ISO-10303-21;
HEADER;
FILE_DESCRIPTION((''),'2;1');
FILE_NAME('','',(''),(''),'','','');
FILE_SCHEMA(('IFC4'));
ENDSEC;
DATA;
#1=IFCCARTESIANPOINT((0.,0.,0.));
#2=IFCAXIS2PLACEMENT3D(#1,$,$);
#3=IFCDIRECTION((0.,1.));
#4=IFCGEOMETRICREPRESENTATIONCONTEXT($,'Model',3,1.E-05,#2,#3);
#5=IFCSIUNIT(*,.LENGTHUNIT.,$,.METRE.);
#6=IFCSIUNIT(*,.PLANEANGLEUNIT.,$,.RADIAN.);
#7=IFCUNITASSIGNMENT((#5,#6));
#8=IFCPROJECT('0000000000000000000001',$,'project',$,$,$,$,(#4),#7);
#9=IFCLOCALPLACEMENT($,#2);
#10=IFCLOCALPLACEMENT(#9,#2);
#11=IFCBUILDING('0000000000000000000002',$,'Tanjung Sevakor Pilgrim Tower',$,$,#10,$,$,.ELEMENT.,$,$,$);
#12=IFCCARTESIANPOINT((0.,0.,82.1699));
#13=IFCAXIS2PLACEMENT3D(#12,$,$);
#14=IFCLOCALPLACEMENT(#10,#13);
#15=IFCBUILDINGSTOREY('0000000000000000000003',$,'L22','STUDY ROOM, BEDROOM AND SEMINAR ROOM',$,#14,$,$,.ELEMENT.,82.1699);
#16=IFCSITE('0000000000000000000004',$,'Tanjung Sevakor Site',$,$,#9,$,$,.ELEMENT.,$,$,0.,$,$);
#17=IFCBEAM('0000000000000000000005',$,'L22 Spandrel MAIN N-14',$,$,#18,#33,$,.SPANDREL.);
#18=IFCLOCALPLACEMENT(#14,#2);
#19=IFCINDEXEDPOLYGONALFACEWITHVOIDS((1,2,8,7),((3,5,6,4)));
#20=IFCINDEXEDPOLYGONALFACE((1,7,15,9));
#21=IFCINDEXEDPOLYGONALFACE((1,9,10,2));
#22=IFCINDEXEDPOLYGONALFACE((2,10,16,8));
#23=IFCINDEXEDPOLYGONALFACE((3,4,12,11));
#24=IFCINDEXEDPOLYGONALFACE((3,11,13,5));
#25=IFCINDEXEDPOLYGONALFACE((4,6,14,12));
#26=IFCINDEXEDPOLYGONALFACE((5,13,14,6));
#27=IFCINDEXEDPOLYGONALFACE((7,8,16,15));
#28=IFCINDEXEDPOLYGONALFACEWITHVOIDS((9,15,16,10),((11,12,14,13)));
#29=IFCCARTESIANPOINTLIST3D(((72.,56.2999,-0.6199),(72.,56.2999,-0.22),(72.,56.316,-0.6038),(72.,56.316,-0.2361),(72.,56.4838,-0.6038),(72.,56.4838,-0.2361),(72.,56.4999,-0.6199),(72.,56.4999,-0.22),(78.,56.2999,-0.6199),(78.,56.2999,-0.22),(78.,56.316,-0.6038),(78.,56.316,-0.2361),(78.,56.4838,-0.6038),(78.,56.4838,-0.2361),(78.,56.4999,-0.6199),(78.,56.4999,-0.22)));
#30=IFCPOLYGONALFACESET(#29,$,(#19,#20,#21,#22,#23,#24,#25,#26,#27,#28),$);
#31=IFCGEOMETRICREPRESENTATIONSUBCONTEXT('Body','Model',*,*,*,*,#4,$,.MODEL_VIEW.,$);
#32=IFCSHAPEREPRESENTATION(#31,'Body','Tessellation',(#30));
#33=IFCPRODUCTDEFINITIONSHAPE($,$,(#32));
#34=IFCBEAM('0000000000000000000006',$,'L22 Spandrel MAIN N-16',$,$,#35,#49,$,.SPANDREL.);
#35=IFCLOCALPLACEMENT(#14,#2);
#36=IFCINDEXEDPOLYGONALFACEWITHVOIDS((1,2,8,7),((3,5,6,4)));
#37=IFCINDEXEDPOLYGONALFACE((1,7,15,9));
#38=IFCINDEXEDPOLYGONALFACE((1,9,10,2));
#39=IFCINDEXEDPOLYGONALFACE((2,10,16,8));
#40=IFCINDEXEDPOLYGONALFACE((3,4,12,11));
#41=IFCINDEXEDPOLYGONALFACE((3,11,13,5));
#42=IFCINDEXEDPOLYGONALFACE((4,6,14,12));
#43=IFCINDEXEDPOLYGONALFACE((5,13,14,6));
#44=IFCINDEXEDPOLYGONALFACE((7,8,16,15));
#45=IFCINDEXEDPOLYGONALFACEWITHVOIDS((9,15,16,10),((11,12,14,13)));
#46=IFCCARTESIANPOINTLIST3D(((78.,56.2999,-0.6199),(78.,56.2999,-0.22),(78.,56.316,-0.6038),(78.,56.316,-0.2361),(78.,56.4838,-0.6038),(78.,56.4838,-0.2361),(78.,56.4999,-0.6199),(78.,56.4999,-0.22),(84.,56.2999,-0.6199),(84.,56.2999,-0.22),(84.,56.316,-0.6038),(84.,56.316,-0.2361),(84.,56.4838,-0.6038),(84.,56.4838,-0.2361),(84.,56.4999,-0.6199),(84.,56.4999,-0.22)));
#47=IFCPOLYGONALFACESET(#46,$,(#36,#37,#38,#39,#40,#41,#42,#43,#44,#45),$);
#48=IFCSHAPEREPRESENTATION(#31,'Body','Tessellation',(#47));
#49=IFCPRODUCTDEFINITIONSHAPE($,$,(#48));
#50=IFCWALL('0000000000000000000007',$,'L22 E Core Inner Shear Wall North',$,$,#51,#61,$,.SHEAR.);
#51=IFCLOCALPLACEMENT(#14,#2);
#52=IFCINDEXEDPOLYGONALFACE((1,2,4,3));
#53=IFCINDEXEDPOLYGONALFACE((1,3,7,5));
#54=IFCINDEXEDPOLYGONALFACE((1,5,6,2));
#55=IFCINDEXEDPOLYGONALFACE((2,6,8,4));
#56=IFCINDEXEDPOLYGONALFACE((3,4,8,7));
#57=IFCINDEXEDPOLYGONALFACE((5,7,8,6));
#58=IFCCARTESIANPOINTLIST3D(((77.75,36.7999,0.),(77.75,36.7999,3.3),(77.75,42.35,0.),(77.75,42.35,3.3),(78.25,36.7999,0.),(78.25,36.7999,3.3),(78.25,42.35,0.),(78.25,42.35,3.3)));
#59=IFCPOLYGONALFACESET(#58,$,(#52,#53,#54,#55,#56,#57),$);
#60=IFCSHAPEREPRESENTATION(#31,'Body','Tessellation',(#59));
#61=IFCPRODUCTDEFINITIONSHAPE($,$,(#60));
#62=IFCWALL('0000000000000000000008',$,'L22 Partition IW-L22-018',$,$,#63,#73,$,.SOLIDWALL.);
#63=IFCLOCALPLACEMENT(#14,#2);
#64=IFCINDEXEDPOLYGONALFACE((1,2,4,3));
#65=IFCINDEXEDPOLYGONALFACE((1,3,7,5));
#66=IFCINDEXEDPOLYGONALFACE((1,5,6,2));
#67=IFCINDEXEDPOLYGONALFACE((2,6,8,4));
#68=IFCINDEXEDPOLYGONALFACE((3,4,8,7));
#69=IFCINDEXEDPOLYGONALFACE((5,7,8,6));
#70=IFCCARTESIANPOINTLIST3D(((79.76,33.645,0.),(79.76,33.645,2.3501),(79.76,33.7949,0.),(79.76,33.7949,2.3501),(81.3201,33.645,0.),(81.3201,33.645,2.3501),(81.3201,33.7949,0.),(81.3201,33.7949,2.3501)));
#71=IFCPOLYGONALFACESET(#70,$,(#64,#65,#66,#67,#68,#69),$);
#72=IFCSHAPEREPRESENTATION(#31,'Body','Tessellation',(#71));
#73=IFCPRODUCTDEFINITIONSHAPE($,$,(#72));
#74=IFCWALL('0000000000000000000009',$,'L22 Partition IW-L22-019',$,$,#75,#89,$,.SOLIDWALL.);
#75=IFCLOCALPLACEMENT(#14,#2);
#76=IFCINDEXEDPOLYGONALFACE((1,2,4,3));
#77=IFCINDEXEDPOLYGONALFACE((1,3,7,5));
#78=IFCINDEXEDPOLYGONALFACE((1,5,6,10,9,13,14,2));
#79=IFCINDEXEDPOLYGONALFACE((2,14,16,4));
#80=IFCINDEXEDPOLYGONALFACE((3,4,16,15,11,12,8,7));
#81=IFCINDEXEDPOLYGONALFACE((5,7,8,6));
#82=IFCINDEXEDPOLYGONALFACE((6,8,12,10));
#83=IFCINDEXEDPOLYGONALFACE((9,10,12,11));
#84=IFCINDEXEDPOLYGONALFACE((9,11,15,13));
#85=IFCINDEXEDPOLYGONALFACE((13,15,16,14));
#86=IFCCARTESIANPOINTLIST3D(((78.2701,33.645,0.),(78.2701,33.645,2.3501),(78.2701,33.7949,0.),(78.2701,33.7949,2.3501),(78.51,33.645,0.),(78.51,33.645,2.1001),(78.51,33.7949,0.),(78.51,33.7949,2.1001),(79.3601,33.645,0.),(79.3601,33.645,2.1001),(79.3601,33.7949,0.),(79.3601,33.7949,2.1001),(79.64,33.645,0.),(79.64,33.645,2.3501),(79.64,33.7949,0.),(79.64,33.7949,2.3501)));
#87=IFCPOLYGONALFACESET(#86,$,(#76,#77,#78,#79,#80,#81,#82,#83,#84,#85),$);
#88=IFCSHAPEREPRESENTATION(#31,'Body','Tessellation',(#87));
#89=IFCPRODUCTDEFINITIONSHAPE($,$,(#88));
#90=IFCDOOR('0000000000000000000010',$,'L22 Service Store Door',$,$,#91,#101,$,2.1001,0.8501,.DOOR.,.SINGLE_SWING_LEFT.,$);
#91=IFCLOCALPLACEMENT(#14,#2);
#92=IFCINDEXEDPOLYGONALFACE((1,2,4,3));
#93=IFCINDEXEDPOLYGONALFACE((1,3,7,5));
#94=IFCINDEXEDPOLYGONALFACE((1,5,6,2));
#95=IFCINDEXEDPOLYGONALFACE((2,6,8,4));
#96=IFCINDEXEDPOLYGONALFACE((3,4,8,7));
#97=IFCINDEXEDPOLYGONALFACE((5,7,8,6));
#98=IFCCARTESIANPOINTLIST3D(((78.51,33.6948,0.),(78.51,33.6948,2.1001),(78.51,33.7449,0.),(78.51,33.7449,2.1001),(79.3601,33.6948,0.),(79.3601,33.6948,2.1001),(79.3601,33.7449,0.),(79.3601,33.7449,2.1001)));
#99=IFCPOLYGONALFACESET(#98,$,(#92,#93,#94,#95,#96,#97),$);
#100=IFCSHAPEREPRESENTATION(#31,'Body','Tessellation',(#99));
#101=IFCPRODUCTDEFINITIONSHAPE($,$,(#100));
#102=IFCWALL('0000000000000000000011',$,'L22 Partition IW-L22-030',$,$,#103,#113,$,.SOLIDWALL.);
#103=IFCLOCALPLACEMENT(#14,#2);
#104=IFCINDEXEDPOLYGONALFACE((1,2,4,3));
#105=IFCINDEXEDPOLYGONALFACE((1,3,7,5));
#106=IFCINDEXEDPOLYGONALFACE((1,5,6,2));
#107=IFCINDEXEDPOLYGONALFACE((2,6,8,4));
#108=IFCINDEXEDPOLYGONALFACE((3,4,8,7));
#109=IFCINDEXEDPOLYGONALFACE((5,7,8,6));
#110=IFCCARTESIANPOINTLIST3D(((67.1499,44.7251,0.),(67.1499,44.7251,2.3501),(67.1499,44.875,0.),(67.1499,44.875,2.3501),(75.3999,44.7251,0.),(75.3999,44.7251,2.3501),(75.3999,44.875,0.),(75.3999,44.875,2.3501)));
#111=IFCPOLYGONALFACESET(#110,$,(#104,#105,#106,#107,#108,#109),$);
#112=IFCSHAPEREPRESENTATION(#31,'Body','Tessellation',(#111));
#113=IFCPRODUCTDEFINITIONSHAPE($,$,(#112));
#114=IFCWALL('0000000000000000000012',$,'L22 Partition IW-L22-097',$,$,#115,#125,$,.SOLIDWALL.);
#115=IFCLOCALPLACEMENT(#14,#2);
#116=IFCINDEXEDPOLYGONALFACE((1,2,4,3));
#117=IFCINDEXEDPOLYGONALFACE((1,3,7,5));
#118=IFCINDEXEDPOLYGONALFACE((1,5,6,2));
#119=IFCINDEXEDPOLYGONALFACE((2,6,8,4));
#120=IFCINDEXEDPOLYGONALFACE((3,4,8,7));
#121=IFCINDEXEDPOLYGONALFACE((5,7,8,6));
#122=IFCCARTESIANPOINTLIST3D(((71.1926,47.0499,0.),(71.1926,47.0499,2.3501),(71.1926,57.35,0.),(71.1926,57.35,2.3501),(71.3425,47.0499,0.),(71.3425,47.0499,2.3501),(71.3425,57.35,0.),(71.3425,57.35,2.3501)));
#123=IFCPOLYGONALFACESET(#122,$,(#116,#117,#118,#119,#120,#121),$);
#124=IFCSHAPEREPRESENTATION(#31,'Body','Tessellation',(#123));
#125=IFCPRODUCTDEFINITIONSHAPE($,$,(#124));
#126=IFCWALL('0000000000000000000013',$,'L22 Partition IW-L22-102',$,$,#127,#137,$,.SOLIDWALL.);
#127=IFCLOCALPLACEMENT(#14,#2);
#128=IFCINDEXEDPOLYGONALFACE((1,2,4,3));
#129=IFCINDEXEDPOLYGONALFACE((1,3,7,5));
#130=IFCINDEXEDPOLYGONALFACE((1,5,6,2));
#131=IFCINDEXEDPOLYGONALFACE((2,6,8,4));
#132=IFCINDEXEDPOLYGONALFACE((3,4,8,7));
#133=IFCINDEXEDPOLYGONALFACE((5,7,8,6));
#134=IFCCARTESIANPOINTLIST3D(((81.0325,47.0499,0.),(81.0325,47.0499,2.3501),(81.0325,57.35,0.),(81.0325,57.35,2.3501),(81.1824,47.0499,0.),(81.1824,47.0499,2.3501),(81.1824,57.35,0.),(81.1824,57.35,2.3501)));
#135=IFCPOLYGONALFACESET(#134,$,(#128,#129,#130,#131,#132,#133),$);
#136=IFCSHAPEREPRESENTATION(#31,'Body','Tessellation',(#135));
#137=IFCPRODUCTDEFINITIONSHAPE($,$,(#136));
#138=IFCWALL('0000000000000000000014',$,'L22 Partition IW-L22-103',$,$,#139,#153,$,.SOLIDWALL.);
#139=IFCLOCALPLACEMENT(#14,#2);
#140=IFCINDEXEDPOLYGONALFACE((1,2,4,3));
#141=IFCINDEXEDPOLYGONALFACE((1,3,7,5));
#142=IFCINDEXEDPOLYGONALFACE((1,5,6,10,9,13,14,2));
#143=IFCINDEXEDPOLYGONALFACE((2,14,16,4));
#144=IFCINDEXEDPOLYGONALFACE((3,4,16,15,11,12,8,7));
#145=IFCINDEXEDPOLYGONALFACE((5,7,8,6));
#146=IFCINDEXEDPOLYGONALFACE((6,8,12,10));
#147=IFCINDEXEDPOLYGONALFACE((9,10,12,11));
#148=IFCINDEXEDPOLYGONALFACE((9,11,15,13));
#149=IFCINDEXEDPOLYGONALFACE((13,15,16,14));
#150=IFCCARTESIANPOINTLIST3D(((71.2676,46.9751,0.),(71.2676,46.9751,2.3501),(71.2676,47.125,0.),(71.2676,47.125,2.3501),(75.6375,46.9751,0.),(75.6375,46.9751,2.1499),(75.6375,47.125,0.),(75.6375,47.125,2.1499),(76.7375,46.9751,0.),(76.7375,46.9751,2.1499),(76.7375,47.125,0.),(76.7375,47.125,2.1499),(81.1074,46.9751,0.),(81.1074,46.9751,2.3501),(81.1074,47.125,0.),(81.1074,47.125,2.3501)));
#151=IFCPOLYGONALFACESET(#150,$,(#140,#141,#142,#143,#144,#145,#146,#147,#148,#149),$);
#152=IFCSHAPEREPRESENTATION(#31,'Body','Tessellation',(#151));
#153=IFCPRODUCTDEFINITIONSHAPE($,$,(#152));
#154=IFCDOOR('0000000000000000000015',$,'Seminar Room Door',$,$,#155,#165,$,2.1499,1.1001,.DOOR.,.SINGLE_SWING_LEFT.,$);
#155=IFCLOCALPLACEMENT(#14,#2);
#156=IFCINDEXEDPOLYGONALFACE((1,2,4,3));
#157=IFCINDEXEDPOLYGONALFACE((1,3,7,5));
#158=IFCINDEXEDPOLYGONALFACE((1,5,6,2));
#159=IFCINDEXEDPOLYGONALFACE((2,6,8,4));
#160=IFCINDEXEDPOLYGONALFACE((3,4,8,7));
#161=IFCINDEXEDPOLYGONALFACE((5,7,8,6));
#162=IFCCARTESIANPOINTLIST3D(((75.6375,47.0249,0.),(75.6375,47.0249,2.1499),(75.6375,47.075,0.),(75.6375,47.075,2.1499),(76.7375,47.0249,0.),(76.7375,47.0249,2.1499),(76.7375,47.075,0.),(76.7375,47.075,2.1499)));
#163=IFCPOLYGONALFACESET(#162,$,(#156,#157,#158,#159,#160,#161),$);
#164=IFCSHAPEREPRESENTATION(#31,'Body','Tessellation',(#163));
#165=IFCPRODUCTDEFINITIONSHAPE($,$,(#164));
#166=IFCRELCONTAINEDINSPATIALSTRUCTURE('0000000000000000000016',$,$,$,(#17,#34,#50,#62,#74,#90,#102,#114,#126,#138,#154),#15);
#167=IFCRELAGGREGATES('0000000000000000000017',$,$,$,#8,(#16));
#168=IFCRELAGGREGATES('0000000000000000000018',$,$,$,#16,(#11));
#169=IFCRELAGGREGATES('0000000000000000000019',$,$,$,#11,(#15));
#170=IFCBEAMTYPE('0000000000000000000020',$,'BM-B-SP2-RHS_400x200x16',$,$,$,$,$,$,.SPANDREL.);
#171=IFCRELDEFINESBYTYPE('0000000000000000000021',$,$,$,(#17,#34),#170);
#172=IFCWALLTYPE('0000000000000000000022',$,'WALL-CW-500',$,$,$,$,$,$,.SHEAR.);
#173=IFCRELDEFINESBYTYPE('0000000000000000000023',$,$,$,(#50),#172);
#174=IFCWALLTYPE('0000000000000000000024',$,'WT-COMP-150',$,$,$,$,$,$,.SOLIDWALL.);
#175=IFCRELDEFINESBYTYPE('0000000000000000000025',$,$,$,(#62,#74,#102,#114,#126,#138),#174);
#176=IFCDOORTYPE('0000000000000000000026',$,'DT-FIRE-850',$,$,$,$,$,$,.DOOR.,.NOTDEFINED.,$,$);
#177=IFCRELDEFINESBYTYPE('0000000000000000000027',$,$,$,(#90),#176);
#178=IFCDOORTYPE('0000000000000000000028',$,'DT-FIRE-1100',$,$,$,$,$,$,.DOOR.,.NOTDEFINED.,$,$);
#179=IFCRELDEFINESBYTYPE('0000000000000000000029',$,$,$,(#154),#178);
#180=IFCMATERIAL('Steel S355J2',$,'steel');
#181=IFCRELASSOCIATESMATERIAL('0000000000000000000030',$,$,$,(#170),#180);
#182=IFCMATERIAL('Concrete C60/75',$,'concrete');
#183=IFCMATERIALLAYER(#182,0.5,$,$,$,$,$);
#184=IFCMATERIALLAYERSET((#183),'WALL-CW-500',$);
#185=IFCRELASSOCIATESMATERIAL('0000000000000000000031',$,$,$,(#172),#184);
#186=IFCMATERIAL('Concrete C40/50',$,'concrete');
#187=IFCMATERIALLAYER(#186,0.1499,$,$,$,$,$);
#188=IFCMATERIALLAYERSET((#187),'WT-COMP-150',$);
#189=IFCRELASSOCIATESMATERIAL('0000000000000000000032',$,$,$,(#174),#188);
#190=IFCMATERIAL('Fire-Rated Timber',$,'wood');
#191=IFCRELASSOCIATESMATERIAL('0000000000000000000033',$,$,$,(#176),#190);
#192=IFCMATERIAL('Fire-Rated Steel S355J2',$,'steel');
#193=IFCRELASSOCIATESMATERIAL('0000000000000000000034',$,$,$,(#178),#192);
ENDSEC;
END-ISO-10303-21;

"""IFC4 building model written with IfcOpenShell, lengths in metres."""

from ifc_helpers import new_model, si_unit, direction, frame, frame_2d, origin, origin_2d, place, context, subcontext, project, spatial, rectangle, hollow_rectangle, extrude, material, layer, layer_set, material_profile, profile_set, type_object, element, fill, save


model = new_model("IFC4")

# Units and contexts
model_context = context("Model", 3, precision=1e-05, world=origin(), true_north=direction((0.0, 1.0)))
body_context = subcontext(model_context, "Body", "Model", "MODEL_VIEW")
ifc_project = project(units=[si_unit("LENGTHUNIT", "METRE"), si_unit("PLANEANGLEUNIT", "RADIAN")], contexts=[model_context])

# Site, building, storey
site_placement = place(None, origin())
site = spatial("IfcSite", under=ifc_project, at=site_placement, Name="Tanjung Sevakor Site", CompositionType="ELEMENT", RefElevation=0.0)
building_placement = place(site_placement, origin())
building = spatial("IfcBuilding", under=site, at=building_placement, Name="Tanjung Sevakor Pilgrim Tower", CompositionType="ELEMENT")
storey_placement = place(building_placement, frame((0.0, 0.0, 82.1699)))
storey = spatial("IfcBuildingStorey", under=building, at=storey_placement, Name="L22", Description="STUDY ROOM, BEDROOM AND SEMINAR ROOM", CompositionType="ELEMENT", Elevation=82.1699)

# Beams
ifc_material_1 = material(Name="Steel S355J2", Category="steel")
ifc_material_profile_1 = material_profile(ifc_material_1, hollow_rectangle(XDim=0.2, YDim=0.3999, WallThickness=0.0161, at=origin_2d()))
ifc_profile_set_1 = profile_set([ifc_material_profile_1], Name="Steel S355J2")
beam_type_1 = type_object("IfcBeamType", Name="BM-B-SP2-RHS_400x200x16", PredefinedType="SPANDREL", material=ifc_profile_set_1)
for number, where, z_axis, x_axis, name in (
    (1, (72.0, 56.3999, -0.4199), (1.0, 0.0, 0.0), (0.0, 1.0, 0.0), "L22 Spandrel MAIN N-14"),
    (2, (78.0, 56.3999, -0.4199), (1.0, 0.0, 0.0), (0.0, 1.0, 0.0), "L22 Spandrel MAIN N-16"),
):
    element("IfcBeam", number, at=place(storey_placement, frame(where, z_axis=z_axis, x_axis=x_axis)), inside=storey, type_object=beam_type_1, Name=name, PredefinedType="SPANDREL", context=body_context, shape_type="SweptSolid", body=[
        extrude(hollow_rectangle(XDim=0.2, YDim=0.3999, WallThickness=0.0161, at=origin_2d()), origin(), (0.0, 0.0, 1.0), 6.0),
    ])

# Walls
ifc_material_2 = material(Name="Concrete C60/75", Category="concrete")
ifc_layer_1 = layer(ifc_material_2, 0.5)
ifc_layer_set_1 = layer_set([ifc_layer_1], Name="WALL-CW-500")
wall_type_1 = type_object("IfcWallType", Name="WALL-CW-500", PredefinedType="SHEAR", material=ifc_layer_set_1)
wall_1_placement = place(storey_placement, frame((78.0, 36.8, 0.0), z_axis=(0.0, 0.0, 1.0), x_axis=(0.0, 1.0, 0.0)))
element("IfcWall", 3, at=wall_1_placement, inside=storey, type_object=wall_type_1, Name="L22 E Core Inner Shear Wall North", PredefinedType="SHEAR", context=body_context, shape_type="SweptSolid", body=[
    extrude(rectangle(XDim=5.55, YDim=0.5, at=frame_2d((2.7749, 0.0))), origin(), (0.0, 0.0, 1.0), 3.3),
])
ifc_material_3 = material(Name="Concrete C40/50", Category="concrete")
ifc_layer_2 = layer(ifc_material_3, 0.1499)
ifc_layer_set_2 = layer_set([ifc_layer_2], Name="WT-COMP-150")
wall_type_2 = type_object("IfcWallType", Name="WT-COMP-150", PredefinedType="SOLIDWALL", material=ifc_layer_set_2)
wall_2_placement = place(storey_placement, frame((79.76, 33.72, 0.0), z_axis=(0.0, 0.0, 1.0), x_axis=(1.0, 0.0, 0.0)))
element("IfcWall", 4, at=wall_2_placement, inside=storey, type_object=wall_type_2, Name="L22 Partition IW-L22-018", PredefinedType="SOLIDWALL", context=body_context, shape_type="SweptSolid", body=[
    extrude(rectangle(XDim=1.5601, YDim=0.1499, at=frame_2d((0.78, 0.0))), origin(), (0.0, 0.0, 1.0), 2.3501),
])

# Wall, opening, door
wall_3_placement = place(storey_placement, frame((78.27, 33.72, 0.0), z_axis=(0.0, 0.0, 1.0), x_axis=(1.0, 0.0, 0.0)))
wall_3 = element("IfcWall", 5, at=wall_3_placement, inside=storey, type_object=wall_type_2, Name="L22 Partition IW-L22-019", PredefinedType="SOLIDWALL", context=body_context, shape_type="SweptSolid", body=[
    extrude(rectangle(XDim=1.3699, YDim=0.1499, at=frame_2d((0.6851, 0.0))), origin(), (0.0, 0.0, 1.0), 2.3501),
])
opening_1_placement = place(wall_3_placement, frame((0.24, 0.0, 0.0)))
opening_1 = element("IfcOpeningElement", 6, at=opening_1_placement, cuts=wall_3, PredefinedType="OPENING", context=body_context, shape_type="SweptSolid", body=[
    extrude(rectangle(XDim=0.8501, YDim=2.1001, at=frame_2d((0.425, 1.05))), frame((0.0, 0.085, 0.0), z_axis=(0.0, -1.0, 0.0), x_axis=(1.0, 0.0, 0.0)), (0.0, 0.0, 1.0), 0.1699),
])
ifc_material_4 = material(Name="Fire-Rated Timber", Category="wood")
door_type_1 = type_object("IfcDoorType", Name="DT-FIRE-850", OperationType="NOTDEFINED", PredefinedType="DOOR", material=ifc_material_4)
door_1_placement = place(opening_1_placement, origin())
door_1 = element("IfcDoor", 7, at=door_1_placement, inside=storey, type_object=door_type_1, Name="L22 Service Store Door", OperationType="SINGLE_SWING_LEFT", OverallHeight=2.1001, OverallWidth=0.8501, PredefinedType="DOOR", context=body_context, shape_type="SweptSolid", body=[
    extrude(rectangle(XDim=0.8501, YDim=2.1001, at=frame_2d((0.425, 1.05))), frame((0.0, 0.0249, 0.0), z_axis=(0.0, -1.0, 0.0), x_axis=(1.0, 0.0, 0.0)), (0.0, 0.0, 1.0), 0.05),
])
fill(opening_1, door_1)

# Walls
wall_4_placement = place(storey_placement, frame((67.1499, 44.8, 0.0), z_axis=(0.0, 0.0, 1.0), x_axis=(1.0, 0.0, 0.0)))
element("IfcWall", 8, at=wall_4_placement, inside=storey, type_object=wall_type_2, Name="L22 Partition IW-L22-030", PredefinedType="SOLIDWALL", context=body_context, shape_type="SweptSolid", body=[
    extrude(rectangle(XDim=8.25, YDim=0.1499, at=frame_2d((4.125, 0.0))), origin(), (0.0, 0.0, 1.0), 2.3501),
])
for number, where, z_axis, x_axis, name in (
    (9, (71.2676, 47.05, 0.0), (0.0, 0.0, 1.0), (0.0, 1.0, 0.0), "L22 Partition IW-L22-097"),
    (10, (81.1074, 47.05, 0.0), (0.0, 0.0, 1.0), (0.0, 1.0, 0.0), "L22 Partition IW-L22-102"),
):
    element("IfcWall", number, at=place(storey_placement, frame(where, z_axis=z_axis, x_axis=x_axis)), inside=storey, type_object=wall_type_2, Name=name, PredefinedType="SOLIDWALL", context=body_context, shape_type="SweptSolid", body=[
        extrude(rectangle(XDim=10.3, YDim=0.1499, at=frame_2d((5.1499, 0.0))), origin(), (0.0, 0.0, 1.0), 2.3501),
    ])

# Wall, opening, door
wall_5_placement = place(storey_placement, frame((71.2676, 47.05, 0.0), z_axis=(0.0, 0.0, 1.0), x_axis=(1.0, 0.0, 0.0)))
wall_5 = element("IfcWall", 11, at=wall_5_placement, inside=storey, type_object=wall_type_2, Name="L22 Partition IW-L22-103", PredefinedType="SOLIDWALL", context=body_context, shape_type="SweptSolid", body=[
    extrude(rectangle(XDim=9.8398, YDim=0.1499, at=frame_2d((4.9199, 0.0))), origin(), (0.0, 0.0, 1.0), 2.3501),
])
opening_2_placement = place(wall_5_placement, frame((4.3699, 0.0, 0.0)))
opening_2 = element("IfcOpeningElement", 12, at=opening_2_placement, cuts=wall_5, PredefinedType="OPENING", context=body_context, shape_type="SweptSolid", body=[
    extrude(rectangle(XDim=1.1001, YDim=2.1499, at=frame_2d((0.55, 1.075))), frame((0.0, 0.085, 0.0), z_axis=(0.0, -1.0, 0.0), x_axis=(1.0, 0.0, 0.0)), (0.0, 0.0, 1.0), 0.1699),
])
ifc_material_5 = material(Name="Fire-Rated Steel S355J2", Category="steel")
door_type_2 = type_object("IfcDoorType", Name="DT-FIRE-1100", OperationType="NOTDEFINED", PredefinedType="DOOR", material=ifc_material_5)
door_2_placement = place(opening_2_placement, origin())
door_2 = element("IfcDoor", 13, at=door_2_placement, inside=storey, type_object=door_type_2, Name="Seminar Room Door", OperationType="SINGLE_SWING_LEFT", OverallHeight=2.1499, OverallWidth=1.1001, PredefinedType="DOOR", context=body_context, shape_type="SweptSolid", body=[
    extrude(rectangle(XDim=1.1001, YDim=2.1499, at=frame_2d((0.55, 1.075))), frame((0.0, 0.0249, 0.0), z_axis=(0.0, -1.0, 0.0), x_axis=(1.0, 0.0, 0.0)), (0.0, 0.0, 1.0), 0.05),
])
fill(opening_2, door_2)

save(model, "model.ifc")
